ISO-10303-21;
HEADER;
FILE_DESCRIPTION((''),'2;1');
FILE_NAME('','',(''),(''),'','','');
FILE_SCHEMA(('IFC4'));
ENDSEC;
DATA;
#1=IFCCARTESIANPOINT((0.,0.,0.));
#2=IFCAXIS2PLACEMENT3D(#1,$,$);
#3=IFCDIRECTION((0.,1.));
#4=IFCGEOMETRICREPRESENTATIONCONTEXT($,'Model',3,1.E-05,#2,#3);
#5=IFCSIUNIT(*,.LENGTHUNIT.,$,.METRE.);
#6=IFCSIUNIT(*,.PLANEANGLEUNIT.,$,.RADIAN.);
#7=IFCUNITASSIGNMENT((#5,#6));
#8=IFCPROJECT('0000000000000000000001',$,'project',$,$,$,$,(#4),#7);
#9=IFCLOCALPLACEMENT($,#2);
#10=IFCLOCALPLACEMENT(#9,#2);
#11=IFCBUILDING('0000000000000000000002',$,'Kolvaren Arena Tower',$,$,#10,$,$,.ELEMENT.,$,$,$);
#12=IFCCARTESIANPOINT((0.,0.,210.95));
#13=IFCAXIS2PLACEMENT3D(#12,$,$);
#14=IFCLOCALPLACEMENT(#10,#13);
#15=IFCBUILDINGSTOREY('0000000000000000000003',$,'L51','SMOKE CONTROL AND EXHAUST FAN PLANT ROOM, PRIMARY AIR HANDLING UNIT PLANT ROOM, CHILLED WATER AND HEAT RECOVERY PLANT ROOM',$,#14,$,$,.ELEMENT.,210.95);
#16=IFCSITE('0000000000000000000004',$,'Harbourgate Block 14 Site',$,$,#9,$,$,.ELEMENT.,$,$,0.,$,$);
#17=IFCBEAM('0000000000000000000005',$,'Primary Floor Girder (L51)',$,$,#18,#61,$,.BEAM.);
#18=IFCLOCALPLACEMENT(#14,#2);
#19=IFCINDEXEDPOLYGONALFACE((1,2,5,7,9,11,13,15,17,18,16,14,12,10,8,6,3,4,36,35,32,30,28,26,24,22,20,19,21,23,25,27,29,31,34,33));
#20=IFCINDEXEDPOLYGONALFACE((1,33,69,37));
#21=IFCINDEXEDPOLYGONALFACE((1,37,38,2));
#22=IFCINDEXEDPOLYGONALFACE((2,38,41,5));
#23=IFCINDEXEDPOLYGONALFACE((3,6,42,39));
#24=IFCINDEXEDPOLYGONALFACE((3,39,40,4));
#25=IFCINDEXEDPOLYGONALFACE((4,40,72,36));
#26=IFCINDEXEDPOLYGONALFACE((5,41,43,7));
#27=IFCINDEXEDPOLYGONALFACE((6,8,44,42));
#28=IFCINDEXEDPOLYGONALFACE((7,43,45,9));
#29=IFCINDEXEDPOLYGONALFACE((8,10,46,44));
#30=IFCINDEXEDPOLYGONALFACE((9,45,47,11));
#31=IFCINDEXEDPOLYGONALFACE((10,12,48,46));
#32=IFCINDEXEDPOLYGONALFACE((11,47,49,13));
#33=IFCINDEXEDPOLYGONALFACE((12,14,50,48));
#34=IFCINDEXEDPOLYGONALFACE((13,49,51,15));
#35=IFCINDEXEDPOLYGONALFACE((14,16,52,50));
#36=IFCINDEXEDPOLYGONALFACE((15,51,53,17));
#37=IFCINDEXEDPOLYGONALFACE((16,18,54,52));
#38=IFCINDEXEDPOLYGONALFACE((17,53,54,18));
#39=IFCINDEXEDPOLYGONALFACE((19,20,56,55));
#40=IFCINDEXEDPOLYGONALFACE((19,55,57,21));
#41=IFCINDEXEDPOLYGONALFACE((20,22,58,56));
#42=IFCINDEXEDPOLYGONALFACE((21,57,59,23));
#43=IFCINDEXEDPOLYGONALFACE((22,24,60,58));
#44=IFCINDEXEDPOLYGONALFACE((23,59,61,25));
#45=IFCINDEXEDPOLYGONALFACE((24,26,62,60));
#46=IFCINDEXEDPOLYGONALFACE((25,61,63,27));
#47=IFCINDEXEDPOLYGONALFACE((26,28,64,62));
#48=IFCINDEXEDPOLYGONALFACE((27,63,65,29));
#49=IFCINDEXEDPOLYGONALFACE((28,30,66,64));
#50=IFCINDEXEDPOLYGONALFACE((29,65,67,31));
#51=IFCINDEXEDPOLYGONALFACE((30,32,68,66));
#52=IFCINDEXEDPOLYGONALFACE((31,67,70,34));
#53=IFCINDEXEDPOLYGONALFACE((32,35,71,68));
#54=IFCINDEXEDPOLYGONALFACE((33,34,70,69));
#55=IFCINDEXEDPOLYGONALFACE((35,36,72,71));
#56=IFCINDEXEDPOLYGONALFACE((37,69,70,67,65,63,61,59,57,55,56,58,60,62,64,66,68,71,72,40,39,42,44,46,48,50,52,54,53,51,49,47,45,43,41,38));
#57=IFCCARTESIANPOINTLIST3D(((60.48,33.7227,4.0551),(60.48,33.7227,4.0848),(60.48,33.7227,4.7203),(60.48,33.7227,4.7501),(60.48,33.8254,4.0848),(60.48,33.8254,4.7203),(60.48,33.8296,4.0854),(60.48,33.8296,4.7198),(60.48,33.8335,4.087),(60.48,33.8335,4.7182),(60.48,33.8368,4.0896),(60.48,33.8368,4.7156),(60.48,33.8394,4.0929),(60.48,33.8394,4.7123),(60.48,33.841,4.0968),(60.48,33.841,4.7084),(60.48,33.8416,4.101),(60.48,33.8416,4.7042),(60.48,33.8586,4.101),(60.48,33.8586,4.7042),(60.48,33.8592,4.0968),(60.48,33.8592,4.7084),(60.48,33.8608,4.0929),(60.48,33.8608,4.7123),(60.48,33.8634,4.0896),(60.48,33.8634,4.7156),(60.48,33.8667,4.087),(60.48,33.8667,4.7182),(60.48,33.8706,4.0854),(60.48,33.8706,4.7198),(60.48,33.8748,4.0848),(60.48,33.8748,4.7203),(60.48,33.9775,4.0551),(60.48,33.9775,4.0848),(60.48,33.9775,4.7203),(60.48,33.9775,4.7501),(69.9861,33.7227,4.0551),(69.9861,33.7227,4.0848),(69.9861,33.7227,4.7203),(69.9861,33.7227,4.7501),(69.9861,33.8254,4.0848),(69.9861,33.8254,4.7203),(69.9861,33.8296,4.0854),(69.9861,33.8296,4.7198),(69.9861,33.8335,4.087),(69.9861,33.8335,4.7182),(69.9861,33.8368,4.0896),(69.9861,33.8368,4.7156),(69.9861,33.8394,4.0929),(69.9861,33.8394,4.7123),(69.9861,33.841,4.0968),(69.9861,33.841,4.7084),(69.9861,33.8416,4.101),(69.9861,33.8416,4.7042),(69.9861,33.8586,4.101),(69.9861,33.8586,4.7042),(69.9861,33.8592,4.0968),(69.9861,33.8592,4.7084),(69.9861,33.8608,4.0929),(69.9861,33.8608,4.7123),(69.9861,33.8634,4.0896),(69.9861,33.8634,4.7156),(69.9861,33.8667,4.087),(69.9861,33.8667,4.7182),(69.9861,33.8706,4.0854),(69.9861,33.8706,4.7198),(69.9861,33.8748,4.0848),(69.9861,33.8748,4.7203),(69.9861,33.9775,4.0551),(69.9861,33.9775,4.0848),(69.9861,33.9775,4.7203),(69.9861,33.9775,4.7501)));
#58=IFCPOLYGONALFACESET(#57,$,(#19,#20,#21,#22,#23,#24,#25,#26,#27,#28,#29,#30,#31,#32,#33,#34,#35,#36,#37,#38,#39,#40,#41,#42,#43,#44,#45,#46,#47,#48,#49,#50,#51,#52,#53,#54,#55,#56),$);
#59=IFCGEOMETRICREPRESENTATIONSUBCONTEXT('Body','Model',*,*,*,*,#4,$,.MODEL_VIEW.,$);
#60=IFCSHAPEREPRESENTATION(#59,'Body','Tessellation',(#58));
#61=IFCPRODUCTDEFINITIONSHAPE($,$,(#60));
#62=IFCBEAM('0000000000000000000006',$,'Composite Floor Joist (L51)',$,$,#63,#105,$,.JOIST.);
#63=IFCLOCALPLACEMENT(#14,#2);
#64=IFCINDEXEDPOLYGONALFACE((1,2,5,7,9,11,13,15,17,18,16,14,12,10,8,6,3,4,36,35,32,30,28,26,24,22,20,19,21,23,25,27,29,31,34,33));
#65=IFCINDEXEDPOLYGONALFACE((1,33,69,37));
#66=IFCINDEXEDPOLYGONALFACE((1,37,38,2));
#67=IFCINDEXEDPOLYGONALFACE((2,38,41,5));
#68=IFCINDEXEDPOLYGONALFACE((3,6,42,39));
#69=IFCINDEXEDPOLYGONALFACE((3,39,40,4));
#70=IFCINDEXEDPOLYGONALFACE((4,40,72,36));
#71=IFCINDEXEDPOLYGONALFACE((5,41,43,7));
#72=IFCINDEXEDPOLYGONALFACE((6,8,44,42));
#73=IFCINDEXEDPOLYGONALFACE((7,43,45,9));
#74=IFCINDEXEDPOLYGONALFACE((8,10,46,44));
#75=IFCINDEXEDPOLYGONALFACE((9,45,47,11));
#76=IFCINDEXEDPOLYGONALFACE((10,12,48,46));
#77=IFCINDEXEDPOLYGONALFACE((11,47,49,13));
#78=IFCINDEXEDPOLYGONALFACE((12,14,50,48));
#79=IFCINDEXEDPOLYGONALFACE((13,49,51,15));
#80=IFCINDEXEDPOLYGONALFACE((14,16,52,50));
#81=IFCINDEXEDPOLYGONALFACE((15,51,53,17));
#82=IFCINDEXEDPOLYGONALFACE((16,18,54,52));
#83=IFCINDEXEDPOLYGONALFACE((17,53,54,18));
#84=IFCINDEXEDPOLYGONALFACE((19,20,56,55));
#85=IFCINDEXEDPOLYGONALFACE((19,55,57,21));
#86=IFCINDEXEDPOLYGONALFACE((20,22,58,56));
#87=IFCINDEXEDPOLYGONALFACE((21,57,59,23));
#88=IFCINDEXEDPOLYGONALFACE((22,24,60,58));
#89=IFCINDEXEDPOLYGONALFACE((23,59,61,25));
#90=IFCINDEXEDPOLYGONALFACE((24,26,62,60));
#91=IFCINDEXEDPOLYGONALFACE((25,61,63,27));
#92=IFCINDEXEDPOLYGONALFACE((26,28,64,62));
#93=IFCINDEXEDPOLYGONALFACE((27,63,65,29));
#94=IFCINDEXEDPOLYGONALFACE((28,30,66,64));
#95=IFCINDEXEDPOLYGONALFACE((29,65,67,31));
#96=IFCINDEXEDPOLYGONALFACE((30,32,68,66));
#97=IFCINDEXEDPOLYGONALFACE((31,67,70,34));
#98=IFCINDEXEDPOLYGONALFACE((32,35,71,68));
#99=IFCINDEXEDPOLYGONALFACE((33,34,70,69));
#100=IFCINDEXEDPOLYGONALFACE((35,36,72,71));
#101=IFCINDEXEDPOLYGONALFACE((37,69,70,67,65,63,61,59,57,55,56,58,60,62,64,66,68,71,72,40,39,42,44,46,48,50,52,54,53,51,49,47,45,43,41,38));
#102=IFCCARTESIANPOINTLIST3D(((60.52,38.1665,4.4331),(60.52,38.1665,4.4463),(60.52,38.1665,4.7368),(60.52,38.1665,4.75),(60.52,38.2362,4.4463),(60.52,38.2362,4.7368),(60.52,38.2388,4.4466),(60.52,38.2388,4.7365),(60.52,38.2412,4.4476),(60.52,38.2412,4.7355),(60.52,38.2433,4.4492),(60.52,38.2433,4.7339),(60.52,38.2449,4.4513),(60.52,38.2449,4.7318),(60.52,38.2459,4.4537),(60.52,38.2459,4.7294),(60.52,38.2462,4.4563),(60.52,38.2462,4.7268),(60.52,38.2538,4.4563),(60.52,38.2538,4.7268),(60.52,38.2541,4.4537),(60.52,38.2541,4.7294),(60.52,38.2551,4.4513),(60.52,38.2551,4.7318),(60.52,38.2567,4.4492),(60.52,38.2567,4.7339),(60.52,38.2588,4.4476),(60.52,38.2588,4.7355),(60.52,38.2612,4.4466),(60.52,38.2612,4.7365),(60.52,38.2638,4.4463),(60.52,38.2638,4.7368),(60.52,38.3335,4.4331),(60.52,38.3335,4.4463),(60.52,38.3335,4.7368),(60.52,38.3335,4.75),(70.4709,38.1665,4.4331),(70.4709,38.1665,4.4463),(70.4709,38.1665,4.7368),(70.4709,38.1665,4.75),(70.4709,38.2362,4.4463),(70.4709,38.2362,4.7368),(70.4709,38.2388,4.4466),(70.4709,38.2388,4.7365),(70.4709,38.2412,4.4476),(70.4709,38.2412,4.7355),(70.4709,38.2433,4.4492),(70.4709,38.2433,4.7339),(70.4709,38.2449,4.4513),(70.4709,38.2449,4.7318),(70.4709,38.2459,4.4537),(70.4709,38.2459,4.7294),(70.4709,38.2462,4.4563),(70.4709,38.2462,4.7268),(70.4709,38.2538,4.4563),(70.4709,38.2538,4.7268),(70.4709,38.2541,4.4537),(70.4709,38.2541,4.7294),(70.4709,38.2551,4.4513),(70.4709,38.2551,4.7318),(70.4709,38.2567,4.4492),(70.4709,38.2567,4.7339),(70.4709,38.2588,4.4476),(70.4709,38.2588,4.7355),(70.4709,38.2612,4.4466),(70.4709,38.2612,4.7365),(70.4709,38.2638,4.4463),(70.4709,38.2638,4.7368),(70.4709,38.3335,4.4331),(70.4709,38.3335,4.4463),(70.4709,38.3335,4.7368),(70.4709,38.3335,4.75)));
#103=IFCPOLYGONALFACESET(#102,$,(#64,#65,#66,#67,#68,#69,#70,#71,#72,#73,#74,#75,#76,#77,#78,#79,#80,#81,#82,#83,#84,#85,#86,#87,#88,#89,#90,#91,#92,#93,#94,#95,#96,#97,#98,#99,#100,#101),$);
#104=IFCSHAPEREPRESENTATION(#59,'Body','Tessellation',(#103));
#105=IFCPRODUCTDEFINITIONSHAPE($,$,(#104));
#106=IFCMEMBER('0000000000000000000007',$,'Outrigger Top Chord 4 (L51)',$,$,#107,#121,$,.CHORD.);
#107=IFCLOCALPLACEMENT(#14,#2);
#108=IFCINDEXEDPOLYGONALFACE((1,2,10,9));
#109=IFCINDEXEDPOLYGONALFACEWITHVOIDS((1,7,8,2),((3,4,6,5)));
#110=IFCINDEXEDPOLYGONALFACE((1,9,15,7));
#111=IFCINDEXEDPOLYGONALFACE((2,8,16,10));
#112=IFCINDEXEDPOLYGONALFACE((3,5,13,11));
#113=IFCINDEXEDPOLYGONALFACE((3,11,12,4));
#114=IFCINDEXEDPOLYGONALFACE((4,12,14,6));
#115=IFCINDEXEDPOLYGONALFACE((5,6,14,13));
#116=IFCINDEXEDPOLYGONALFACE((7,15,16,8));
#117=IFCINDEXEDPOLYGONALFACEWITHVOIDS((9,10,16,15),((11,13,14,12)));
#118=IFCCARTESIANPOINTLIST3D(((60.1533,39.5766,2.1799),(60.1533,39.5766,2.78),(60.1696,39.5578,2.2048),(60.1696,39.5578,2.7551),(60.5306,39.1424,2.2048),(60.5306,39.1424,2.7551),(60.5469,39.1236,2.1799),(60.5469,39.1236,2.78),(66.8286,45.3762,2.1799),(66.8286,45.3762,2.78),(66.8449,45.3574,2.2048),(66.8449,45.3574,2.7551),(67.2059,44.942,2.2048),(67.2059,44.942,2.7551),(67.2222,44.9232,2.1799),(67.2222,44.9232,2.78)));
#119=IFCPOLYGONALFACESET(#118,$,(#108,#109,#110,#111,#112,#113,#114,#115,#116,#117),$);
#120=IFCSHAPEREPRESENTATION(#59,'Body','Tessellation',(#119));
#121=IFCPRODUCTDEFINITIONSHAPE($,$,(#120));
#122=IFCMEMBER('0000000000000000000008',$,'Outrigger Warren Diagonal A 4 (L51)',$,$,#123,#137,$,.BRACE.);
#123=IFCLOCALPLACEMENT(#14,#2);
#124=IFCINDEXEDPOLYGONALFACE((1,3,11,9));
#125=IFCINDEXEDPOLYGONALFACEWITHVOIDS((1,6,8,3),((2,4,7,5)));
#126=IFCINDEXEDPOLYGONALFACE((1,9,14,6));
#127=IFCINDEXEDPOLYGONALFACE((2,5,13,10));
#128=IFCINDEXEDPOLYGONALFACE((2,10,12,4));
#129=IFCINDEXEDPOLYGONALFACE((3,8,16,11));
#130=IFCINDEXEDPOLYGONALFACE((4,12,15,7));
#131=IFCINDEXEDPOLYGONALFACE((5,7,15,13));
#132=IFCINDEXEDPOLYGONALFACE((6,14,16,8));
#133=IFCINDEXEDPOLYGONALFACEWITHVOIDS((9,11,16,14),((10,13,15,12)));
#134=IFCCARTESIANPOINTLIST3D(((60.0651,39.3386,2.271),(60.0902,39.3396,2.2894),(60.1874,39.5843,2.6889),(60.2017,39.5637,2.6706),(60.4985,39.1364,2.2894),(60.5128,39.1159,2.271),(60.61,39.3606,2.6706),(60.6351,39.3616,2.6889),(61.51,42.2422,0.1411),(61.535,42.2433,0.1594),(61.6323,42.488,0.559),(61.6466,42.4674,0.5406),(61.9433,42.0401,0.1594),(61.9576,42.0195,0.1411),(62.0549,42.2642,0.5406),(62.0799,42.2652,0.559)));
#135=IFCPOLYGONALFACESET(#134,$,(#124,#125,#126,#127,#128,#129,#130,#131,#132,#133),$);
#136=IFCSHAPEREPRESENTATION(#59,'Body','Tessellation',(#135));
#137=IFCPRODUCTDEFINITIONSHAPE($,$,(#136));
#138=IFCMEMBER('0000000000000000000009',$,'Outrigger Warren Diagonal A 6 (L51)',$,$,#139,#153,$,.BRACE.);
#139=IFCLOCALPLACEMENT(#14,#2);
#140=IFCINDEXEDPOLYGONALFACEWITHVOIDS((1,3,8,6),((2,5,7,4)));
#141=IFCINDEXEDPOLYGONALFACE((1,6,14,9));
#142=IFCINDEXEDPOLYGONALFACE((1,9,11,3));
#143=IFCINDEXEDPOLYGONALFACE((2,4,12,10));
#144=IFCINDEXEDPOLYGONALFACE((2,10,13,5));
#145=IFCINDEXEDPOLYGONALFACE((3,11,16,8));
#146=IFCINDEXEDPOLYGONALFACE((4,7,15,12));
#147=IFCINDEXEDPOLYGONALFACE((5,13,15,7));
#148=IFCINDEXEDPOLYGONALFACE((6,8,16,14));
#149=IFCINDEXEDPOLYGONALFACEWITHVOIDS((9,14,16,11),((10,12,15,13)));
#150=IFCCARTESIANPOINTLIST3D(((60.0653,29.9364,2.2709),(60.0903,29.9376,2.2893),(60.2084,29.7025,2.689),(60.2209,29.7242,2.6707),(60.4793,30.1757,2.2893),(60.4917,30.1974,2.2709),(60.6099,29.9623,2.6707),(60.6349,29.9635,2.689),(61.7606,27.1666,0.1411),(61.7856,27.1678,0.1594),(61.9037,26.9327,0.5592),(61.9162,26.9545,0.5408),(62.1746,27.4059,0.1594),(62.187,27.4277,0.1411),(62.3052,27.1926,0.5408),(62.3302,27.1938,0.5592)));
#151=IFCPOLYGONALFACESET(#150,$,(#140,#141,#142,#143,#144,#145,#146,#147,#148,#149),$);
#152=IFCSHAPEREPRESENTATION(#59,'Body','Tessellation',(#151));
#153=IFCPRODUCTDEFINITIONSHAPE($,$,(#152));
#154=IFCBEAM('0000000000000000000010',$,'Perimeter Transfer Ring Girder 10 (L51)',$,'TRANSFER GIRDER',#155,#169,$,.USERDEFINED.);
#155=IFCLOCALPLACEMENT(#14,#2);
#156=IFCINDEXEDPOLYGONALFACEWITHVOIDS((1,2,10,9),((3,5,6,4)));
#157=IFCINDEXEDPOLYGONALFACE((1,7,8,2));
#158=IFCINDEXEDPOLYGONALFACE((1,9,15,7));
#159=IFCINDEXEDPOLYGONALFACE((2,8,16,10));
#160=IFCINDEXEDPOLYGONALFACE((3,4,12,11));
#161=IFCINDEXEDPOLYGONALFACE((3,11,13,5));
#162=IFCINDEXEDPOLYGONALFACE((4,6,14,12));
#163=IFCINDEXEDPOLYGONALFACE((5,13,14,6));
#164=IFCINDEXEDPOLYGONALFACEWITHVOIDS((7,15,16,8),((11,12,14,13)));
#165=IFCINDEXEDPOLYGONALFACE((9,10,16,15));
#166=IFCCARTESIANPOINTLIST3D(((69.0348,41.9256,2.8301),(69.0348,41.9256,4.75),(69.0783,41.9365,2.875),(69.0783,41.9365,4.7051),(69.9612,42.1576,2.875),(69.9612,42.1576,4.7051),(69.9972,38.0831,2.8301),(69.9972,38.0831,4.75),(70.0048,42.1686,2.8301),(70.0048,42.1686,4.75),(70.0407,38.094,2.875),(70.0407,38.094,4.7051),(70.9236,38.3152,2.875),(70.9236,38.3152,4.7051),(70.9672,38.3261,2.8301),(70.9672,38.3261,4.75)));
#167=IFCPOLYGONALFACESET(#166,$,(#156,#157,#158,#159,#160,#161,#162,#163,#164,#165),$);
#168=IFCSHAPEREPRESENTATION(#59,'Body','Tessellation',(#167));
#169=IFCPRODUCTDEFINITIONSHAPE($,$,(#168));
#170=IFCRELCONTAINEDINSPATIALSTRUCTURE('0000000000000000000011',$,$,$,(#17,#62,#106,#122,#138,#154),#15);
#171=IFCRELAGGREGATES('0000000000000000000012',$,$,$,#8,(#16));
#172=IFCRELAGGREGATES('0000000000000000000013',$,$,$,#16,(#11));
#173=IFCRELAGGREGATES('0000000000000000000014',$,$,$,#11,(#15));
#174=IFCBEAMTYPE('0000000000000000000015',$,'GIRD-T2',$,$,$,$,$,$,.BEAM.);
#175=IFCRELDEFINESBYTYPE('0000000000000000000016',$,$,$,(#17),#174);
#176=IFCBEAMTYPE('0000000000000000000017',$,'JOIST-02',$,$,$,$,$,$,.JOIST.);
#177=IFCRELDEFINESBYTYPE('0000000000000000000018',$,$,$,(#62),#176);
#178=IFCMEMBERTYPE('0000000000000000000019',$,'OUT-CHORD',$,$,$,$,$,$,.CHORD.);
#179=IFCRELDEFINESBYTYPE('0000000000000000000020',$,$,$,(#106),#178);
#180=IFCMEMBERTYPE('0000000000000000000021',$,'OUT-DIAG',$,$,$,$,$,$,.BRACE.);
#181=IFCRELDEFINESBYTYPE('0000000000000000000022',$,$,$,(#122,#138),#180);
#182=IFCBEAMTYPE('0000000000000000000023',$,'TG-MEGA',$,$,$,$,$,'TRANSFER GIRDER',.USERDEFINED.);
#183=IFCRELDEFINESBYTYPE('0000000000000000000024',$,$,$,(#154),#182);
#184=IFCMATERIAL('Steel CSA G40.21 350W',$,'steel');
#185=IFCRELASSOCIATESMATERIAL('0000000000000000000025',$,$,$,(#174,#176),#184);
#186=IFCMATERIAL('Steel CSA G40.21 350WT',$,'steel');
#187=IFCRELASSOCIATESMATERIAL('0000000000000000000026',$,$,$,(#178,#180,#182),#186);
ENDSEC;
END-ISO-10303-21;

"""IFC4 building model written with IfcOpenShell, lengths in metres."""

from ifc_helpers import new_model, si_unit, direction, frame, origin, origin_2d, place, context, subcontext, project, spatial, hollow_rectangle, i_section, extrude, material, material_profile, profile_set, type_object, element, save


model = new_model("IFC4")

# Units and contexts
model_context = context("Model", 3, precision=1e-05, world=origin(), true_north=direction((0.0, 1.0)))
body_context = subcontext(model_context, "Body", "Model", "MODEL_VIEW")
ifc_project = project(units=[si_unit("LENGTHUNIT", "METRE"), si_unit("PLANEANGLEUNIT", "RADIAN")], contexts=[model_context])

# Site, building, storey
site_placement = place(None, origin())
site = spatial("IfcSite", under=ifc_project, at=site_placement, Name="Harbourgate Block 14 Site", CompositionType="ELEMENT", RefElevation=0.0)
building_placement = place(site_placement, origin())
building = spatial("IfcBuilding", under=site, at=building_placement, Name="Kolvaren Arena Tower", CompositionType="ELEMENT")
storey_placement = place(building_placement, frame((0.0, 0.0, 210.95)))
storey = spatial("IfcBuildingStorey", under=building, at=storey_placement, Name="L51", Description="SMOKE CONTROL AND EXHAUST FAN PLANT ROOM, PRIMARY AIR HANDLING UNIT PLANT ROOM, CHILLED WATER AND HEAT RECOVERY PLANT ROOM", CompositionType="ELEMENT", Elevation=210.95)

# Shared definitions
ifc_material_1 = material(Name="Steel CSA G40.21 350W", Category="steel")

# Shared definitions
ifc_material_2 = material(Name="Steel CSA G40.21 350WT", Category="steel")

# Beams
ifc_material_profile_1 = material_profile(ifc_material_1, i_section(OverallWidth=0.2549, OverallDepth=0.6951, WebThickness=0.0171, FlangeThickness=0.0298, FilletRadius=0.0161, at=origin_2d()), Name="W690x217")
ifc_profile_set_1 = profile_set([ifc_material_profile_1], Name="Steel CSA G40.21 350W")
beam_type_1 = type_object("IfcBeamType", Name="GIRD-T2", PredefinedType="BEAM", material=ifc_profile_set_1)
beam_1_placement = place(storey_placement, frame((60.48, 33.8501, 4.4026), z_axis=(1.0, 0.0, 0.0), x_axis=(0.0, 1.0, 0.0)))
element("IfcBeam", 1, at=beam_1_placement, inside=storey, type_object=beam_type_1, Name="Primary Floor Girder (L51)", PredefinedType="BEAM", context=body_context, shape_type="SweptSolid", body=[
    extrude(i_section(OverallWidth=0.2549, OverallDepth=0.6951, WebThickness=0.0171, FlangeThickness=0.0298, FilletRadius=0.0161, at=origin_2d()), origin(), (0.0, 0.0, 1.0), 9.5061),
])
ifc_material_profile_2 = material_profile(ifc_material_1, i_section(OverallWidth=0.167, OverallDepth=0.3169, WebThickness=0.0076, FlangeThickness=0.0132, FilletRadius=0.01, at=origin_2d()), Name="W310x52")
ifc_profile_set_2 = profile_set([ifc_material_profile_2], Name="Steel CSA G40.21 350W")
beam_type_2 = type_object("IfcBeamType", Name="JOIST-02", PredefinedType="JOIST", material=ifc_profile_set_2)
beam_2_placement = place(storey_placement, frame((60.52, 38.25, 4.5916), z_axis=(1.0, 0.0, 0.0), x_axis=(0.0, 1.0, 0.0)))
element("IfcBeam", 2, at=beam_2_placement, inside=storey, type_object=beam_type_2, Name="Composite Floor Joist (L51)", PredefinedType="JOIST", context=body_context, shape_type="SweptSolid", body=[
    extrude(i_section(OverallWidth=0.167, OverallDepth=0.3169, WebThickness=0.0076, FlangeThickness=0.0132, FilletRadius=0.01, at=origin_2d()), origin(), (0.0, 0.0, 1.0), 9.9509),
])

# Members
ifc_material_profile_3 = material_profile(ifc_material_2, hollow_rectangle(XDim=0.6001, YDim=0.6001, WallThickness=0.0249, at=origin_2d()), Name="HSS 600x600x25")
ifc_profile_set_3 = profile_set([ifc_material_profile_3], Name="Steel CSA G40.21 350WT")
member_type_1 = type_object("IfcMemberType", Name="OUT-CHORD", PredefinedType="CHORD", material=ifc_profile_set_3)
member_1_placement = place(storey_placement, frame((60.3501, 39.3501, 2.48), z_axis=(0.754888, 0.655854, 0.0), x_axis=(-0.655854, 0.754888, 0.0)))
element("IfcMember", 3, at=member_1_placement, inside=storey, type_object=member_type_1, Name="Outrigger Top Chord 4 (L51)", PredefinedType="CHORD", context=body_context, shape_type="SweptSolid", body=[
    extrude(hollow_rectangle(XDim=0.6001, YDim=0.6001, WallThickness=0.0249, at=origin_2d()), origin(), (0.0, 0.0, 1.0), 8.8428),
])
ifc_material_profile_4 = material_profile(ifc_material_2, hollow_rectangle(XDim=0.5, YDim=0.5, WallThickness=0.022, at=origin_2d()), Name="HSS 500x500x22")
ifc_profile_set_4 = profile_set([ifc_material_profile_4], Name="Steel CSA G40.21 350WT")
member_type_2 = type_object("IfcMemberType", Name="OUT-DIAG", PredefinedType="BRACE", material=ifc_profile_set_4)
member_2_placement = place(storey_placement, frame((60.3501, 39.3501, 2.48), z_axis=(0.372375, 0.748336, -0.548935), x_axis=(-0.895284, 0.445496, 0.0)))
element("IfcMember", 4, at=member_2_placement, inside=storey, type_object=member_type_2, Name="Outrigger Warren Diagonal A 4 (L51)", PredefinedType="BRACE", context=body_context, shape_type="SweptSolid", body=[
    extrude(hollow_rectangle(XDim=0.5, YDim=0.5, WallThickness=0.022, at=origin_2d()), origin(), (0.0, 0.0, 1.0), 3.8801),
])
member_3_placement = place(storey_placement, frame((60.3501, 29.95, 2.48), z_axis=(0.436534, -0.713203, -0.548434), x_axis=(0.852916, 0.522049, 0.0)))
element("IfcMember", 5, at=member_3_placement, inside=storey, type_object=member_type_2, Name="Outrigger Warren Diagonal A 6 (L51)", PredefinedType="BRACE", context=body_context, shape_type="SweptSolid", body=[
    extrude(hollow_rectangle(XDim=0.5, YDim=0.5, WallThickness=0.022, at=origin_2d()), origin(), (0.0, 0.0, 1.0), 3.8835),
])

# Beam
ifc_material_profile_5 = material_profile(ifc_material_2, hollow_rectangle(XDim=1.0, YDim=1.9199, WallThickness=0.0449, at=origin_2d()), Name="BOX 1000x1920x45")
ifc_profile_set_5 = profile_set([ifc_material_profile_5], Name="Steel CSA G40.21 350WT")
beam_type_3 = type_object("IfcBeamType", Name="TG-MEGA", ElementType="TRANSFER GIRDER", PredefinedType="USERDEFINED", material=ifc_profile_set_5)
beam_3_placement = place(storey_placement, frame((70.4822, 38.2046, 3.79), z_axis=(-0.242956, 0.970037, 0.0), x_axis=(-0.970037, -0.242956, 0.0)))
element("IfcBeam", 6, at=beam_3_placement, inside=storey, type_object=beam_type_3, Name="Perimeter Transfer Ring Girder 10 (L51)", ObjectType="TRANSFER GIRDER", PredefinedType="USERDEFINED", context=body_context, shape_type="SweptSolid", body=[
    extrude(hollow_rectangle(XDim=1.0, YDim=1.9199, WallThickness=0.0449, at=origin_2d()), origin(), (0.0, 0.0, 1.0), 3.9612),
])

save(model, "model.ifc")
